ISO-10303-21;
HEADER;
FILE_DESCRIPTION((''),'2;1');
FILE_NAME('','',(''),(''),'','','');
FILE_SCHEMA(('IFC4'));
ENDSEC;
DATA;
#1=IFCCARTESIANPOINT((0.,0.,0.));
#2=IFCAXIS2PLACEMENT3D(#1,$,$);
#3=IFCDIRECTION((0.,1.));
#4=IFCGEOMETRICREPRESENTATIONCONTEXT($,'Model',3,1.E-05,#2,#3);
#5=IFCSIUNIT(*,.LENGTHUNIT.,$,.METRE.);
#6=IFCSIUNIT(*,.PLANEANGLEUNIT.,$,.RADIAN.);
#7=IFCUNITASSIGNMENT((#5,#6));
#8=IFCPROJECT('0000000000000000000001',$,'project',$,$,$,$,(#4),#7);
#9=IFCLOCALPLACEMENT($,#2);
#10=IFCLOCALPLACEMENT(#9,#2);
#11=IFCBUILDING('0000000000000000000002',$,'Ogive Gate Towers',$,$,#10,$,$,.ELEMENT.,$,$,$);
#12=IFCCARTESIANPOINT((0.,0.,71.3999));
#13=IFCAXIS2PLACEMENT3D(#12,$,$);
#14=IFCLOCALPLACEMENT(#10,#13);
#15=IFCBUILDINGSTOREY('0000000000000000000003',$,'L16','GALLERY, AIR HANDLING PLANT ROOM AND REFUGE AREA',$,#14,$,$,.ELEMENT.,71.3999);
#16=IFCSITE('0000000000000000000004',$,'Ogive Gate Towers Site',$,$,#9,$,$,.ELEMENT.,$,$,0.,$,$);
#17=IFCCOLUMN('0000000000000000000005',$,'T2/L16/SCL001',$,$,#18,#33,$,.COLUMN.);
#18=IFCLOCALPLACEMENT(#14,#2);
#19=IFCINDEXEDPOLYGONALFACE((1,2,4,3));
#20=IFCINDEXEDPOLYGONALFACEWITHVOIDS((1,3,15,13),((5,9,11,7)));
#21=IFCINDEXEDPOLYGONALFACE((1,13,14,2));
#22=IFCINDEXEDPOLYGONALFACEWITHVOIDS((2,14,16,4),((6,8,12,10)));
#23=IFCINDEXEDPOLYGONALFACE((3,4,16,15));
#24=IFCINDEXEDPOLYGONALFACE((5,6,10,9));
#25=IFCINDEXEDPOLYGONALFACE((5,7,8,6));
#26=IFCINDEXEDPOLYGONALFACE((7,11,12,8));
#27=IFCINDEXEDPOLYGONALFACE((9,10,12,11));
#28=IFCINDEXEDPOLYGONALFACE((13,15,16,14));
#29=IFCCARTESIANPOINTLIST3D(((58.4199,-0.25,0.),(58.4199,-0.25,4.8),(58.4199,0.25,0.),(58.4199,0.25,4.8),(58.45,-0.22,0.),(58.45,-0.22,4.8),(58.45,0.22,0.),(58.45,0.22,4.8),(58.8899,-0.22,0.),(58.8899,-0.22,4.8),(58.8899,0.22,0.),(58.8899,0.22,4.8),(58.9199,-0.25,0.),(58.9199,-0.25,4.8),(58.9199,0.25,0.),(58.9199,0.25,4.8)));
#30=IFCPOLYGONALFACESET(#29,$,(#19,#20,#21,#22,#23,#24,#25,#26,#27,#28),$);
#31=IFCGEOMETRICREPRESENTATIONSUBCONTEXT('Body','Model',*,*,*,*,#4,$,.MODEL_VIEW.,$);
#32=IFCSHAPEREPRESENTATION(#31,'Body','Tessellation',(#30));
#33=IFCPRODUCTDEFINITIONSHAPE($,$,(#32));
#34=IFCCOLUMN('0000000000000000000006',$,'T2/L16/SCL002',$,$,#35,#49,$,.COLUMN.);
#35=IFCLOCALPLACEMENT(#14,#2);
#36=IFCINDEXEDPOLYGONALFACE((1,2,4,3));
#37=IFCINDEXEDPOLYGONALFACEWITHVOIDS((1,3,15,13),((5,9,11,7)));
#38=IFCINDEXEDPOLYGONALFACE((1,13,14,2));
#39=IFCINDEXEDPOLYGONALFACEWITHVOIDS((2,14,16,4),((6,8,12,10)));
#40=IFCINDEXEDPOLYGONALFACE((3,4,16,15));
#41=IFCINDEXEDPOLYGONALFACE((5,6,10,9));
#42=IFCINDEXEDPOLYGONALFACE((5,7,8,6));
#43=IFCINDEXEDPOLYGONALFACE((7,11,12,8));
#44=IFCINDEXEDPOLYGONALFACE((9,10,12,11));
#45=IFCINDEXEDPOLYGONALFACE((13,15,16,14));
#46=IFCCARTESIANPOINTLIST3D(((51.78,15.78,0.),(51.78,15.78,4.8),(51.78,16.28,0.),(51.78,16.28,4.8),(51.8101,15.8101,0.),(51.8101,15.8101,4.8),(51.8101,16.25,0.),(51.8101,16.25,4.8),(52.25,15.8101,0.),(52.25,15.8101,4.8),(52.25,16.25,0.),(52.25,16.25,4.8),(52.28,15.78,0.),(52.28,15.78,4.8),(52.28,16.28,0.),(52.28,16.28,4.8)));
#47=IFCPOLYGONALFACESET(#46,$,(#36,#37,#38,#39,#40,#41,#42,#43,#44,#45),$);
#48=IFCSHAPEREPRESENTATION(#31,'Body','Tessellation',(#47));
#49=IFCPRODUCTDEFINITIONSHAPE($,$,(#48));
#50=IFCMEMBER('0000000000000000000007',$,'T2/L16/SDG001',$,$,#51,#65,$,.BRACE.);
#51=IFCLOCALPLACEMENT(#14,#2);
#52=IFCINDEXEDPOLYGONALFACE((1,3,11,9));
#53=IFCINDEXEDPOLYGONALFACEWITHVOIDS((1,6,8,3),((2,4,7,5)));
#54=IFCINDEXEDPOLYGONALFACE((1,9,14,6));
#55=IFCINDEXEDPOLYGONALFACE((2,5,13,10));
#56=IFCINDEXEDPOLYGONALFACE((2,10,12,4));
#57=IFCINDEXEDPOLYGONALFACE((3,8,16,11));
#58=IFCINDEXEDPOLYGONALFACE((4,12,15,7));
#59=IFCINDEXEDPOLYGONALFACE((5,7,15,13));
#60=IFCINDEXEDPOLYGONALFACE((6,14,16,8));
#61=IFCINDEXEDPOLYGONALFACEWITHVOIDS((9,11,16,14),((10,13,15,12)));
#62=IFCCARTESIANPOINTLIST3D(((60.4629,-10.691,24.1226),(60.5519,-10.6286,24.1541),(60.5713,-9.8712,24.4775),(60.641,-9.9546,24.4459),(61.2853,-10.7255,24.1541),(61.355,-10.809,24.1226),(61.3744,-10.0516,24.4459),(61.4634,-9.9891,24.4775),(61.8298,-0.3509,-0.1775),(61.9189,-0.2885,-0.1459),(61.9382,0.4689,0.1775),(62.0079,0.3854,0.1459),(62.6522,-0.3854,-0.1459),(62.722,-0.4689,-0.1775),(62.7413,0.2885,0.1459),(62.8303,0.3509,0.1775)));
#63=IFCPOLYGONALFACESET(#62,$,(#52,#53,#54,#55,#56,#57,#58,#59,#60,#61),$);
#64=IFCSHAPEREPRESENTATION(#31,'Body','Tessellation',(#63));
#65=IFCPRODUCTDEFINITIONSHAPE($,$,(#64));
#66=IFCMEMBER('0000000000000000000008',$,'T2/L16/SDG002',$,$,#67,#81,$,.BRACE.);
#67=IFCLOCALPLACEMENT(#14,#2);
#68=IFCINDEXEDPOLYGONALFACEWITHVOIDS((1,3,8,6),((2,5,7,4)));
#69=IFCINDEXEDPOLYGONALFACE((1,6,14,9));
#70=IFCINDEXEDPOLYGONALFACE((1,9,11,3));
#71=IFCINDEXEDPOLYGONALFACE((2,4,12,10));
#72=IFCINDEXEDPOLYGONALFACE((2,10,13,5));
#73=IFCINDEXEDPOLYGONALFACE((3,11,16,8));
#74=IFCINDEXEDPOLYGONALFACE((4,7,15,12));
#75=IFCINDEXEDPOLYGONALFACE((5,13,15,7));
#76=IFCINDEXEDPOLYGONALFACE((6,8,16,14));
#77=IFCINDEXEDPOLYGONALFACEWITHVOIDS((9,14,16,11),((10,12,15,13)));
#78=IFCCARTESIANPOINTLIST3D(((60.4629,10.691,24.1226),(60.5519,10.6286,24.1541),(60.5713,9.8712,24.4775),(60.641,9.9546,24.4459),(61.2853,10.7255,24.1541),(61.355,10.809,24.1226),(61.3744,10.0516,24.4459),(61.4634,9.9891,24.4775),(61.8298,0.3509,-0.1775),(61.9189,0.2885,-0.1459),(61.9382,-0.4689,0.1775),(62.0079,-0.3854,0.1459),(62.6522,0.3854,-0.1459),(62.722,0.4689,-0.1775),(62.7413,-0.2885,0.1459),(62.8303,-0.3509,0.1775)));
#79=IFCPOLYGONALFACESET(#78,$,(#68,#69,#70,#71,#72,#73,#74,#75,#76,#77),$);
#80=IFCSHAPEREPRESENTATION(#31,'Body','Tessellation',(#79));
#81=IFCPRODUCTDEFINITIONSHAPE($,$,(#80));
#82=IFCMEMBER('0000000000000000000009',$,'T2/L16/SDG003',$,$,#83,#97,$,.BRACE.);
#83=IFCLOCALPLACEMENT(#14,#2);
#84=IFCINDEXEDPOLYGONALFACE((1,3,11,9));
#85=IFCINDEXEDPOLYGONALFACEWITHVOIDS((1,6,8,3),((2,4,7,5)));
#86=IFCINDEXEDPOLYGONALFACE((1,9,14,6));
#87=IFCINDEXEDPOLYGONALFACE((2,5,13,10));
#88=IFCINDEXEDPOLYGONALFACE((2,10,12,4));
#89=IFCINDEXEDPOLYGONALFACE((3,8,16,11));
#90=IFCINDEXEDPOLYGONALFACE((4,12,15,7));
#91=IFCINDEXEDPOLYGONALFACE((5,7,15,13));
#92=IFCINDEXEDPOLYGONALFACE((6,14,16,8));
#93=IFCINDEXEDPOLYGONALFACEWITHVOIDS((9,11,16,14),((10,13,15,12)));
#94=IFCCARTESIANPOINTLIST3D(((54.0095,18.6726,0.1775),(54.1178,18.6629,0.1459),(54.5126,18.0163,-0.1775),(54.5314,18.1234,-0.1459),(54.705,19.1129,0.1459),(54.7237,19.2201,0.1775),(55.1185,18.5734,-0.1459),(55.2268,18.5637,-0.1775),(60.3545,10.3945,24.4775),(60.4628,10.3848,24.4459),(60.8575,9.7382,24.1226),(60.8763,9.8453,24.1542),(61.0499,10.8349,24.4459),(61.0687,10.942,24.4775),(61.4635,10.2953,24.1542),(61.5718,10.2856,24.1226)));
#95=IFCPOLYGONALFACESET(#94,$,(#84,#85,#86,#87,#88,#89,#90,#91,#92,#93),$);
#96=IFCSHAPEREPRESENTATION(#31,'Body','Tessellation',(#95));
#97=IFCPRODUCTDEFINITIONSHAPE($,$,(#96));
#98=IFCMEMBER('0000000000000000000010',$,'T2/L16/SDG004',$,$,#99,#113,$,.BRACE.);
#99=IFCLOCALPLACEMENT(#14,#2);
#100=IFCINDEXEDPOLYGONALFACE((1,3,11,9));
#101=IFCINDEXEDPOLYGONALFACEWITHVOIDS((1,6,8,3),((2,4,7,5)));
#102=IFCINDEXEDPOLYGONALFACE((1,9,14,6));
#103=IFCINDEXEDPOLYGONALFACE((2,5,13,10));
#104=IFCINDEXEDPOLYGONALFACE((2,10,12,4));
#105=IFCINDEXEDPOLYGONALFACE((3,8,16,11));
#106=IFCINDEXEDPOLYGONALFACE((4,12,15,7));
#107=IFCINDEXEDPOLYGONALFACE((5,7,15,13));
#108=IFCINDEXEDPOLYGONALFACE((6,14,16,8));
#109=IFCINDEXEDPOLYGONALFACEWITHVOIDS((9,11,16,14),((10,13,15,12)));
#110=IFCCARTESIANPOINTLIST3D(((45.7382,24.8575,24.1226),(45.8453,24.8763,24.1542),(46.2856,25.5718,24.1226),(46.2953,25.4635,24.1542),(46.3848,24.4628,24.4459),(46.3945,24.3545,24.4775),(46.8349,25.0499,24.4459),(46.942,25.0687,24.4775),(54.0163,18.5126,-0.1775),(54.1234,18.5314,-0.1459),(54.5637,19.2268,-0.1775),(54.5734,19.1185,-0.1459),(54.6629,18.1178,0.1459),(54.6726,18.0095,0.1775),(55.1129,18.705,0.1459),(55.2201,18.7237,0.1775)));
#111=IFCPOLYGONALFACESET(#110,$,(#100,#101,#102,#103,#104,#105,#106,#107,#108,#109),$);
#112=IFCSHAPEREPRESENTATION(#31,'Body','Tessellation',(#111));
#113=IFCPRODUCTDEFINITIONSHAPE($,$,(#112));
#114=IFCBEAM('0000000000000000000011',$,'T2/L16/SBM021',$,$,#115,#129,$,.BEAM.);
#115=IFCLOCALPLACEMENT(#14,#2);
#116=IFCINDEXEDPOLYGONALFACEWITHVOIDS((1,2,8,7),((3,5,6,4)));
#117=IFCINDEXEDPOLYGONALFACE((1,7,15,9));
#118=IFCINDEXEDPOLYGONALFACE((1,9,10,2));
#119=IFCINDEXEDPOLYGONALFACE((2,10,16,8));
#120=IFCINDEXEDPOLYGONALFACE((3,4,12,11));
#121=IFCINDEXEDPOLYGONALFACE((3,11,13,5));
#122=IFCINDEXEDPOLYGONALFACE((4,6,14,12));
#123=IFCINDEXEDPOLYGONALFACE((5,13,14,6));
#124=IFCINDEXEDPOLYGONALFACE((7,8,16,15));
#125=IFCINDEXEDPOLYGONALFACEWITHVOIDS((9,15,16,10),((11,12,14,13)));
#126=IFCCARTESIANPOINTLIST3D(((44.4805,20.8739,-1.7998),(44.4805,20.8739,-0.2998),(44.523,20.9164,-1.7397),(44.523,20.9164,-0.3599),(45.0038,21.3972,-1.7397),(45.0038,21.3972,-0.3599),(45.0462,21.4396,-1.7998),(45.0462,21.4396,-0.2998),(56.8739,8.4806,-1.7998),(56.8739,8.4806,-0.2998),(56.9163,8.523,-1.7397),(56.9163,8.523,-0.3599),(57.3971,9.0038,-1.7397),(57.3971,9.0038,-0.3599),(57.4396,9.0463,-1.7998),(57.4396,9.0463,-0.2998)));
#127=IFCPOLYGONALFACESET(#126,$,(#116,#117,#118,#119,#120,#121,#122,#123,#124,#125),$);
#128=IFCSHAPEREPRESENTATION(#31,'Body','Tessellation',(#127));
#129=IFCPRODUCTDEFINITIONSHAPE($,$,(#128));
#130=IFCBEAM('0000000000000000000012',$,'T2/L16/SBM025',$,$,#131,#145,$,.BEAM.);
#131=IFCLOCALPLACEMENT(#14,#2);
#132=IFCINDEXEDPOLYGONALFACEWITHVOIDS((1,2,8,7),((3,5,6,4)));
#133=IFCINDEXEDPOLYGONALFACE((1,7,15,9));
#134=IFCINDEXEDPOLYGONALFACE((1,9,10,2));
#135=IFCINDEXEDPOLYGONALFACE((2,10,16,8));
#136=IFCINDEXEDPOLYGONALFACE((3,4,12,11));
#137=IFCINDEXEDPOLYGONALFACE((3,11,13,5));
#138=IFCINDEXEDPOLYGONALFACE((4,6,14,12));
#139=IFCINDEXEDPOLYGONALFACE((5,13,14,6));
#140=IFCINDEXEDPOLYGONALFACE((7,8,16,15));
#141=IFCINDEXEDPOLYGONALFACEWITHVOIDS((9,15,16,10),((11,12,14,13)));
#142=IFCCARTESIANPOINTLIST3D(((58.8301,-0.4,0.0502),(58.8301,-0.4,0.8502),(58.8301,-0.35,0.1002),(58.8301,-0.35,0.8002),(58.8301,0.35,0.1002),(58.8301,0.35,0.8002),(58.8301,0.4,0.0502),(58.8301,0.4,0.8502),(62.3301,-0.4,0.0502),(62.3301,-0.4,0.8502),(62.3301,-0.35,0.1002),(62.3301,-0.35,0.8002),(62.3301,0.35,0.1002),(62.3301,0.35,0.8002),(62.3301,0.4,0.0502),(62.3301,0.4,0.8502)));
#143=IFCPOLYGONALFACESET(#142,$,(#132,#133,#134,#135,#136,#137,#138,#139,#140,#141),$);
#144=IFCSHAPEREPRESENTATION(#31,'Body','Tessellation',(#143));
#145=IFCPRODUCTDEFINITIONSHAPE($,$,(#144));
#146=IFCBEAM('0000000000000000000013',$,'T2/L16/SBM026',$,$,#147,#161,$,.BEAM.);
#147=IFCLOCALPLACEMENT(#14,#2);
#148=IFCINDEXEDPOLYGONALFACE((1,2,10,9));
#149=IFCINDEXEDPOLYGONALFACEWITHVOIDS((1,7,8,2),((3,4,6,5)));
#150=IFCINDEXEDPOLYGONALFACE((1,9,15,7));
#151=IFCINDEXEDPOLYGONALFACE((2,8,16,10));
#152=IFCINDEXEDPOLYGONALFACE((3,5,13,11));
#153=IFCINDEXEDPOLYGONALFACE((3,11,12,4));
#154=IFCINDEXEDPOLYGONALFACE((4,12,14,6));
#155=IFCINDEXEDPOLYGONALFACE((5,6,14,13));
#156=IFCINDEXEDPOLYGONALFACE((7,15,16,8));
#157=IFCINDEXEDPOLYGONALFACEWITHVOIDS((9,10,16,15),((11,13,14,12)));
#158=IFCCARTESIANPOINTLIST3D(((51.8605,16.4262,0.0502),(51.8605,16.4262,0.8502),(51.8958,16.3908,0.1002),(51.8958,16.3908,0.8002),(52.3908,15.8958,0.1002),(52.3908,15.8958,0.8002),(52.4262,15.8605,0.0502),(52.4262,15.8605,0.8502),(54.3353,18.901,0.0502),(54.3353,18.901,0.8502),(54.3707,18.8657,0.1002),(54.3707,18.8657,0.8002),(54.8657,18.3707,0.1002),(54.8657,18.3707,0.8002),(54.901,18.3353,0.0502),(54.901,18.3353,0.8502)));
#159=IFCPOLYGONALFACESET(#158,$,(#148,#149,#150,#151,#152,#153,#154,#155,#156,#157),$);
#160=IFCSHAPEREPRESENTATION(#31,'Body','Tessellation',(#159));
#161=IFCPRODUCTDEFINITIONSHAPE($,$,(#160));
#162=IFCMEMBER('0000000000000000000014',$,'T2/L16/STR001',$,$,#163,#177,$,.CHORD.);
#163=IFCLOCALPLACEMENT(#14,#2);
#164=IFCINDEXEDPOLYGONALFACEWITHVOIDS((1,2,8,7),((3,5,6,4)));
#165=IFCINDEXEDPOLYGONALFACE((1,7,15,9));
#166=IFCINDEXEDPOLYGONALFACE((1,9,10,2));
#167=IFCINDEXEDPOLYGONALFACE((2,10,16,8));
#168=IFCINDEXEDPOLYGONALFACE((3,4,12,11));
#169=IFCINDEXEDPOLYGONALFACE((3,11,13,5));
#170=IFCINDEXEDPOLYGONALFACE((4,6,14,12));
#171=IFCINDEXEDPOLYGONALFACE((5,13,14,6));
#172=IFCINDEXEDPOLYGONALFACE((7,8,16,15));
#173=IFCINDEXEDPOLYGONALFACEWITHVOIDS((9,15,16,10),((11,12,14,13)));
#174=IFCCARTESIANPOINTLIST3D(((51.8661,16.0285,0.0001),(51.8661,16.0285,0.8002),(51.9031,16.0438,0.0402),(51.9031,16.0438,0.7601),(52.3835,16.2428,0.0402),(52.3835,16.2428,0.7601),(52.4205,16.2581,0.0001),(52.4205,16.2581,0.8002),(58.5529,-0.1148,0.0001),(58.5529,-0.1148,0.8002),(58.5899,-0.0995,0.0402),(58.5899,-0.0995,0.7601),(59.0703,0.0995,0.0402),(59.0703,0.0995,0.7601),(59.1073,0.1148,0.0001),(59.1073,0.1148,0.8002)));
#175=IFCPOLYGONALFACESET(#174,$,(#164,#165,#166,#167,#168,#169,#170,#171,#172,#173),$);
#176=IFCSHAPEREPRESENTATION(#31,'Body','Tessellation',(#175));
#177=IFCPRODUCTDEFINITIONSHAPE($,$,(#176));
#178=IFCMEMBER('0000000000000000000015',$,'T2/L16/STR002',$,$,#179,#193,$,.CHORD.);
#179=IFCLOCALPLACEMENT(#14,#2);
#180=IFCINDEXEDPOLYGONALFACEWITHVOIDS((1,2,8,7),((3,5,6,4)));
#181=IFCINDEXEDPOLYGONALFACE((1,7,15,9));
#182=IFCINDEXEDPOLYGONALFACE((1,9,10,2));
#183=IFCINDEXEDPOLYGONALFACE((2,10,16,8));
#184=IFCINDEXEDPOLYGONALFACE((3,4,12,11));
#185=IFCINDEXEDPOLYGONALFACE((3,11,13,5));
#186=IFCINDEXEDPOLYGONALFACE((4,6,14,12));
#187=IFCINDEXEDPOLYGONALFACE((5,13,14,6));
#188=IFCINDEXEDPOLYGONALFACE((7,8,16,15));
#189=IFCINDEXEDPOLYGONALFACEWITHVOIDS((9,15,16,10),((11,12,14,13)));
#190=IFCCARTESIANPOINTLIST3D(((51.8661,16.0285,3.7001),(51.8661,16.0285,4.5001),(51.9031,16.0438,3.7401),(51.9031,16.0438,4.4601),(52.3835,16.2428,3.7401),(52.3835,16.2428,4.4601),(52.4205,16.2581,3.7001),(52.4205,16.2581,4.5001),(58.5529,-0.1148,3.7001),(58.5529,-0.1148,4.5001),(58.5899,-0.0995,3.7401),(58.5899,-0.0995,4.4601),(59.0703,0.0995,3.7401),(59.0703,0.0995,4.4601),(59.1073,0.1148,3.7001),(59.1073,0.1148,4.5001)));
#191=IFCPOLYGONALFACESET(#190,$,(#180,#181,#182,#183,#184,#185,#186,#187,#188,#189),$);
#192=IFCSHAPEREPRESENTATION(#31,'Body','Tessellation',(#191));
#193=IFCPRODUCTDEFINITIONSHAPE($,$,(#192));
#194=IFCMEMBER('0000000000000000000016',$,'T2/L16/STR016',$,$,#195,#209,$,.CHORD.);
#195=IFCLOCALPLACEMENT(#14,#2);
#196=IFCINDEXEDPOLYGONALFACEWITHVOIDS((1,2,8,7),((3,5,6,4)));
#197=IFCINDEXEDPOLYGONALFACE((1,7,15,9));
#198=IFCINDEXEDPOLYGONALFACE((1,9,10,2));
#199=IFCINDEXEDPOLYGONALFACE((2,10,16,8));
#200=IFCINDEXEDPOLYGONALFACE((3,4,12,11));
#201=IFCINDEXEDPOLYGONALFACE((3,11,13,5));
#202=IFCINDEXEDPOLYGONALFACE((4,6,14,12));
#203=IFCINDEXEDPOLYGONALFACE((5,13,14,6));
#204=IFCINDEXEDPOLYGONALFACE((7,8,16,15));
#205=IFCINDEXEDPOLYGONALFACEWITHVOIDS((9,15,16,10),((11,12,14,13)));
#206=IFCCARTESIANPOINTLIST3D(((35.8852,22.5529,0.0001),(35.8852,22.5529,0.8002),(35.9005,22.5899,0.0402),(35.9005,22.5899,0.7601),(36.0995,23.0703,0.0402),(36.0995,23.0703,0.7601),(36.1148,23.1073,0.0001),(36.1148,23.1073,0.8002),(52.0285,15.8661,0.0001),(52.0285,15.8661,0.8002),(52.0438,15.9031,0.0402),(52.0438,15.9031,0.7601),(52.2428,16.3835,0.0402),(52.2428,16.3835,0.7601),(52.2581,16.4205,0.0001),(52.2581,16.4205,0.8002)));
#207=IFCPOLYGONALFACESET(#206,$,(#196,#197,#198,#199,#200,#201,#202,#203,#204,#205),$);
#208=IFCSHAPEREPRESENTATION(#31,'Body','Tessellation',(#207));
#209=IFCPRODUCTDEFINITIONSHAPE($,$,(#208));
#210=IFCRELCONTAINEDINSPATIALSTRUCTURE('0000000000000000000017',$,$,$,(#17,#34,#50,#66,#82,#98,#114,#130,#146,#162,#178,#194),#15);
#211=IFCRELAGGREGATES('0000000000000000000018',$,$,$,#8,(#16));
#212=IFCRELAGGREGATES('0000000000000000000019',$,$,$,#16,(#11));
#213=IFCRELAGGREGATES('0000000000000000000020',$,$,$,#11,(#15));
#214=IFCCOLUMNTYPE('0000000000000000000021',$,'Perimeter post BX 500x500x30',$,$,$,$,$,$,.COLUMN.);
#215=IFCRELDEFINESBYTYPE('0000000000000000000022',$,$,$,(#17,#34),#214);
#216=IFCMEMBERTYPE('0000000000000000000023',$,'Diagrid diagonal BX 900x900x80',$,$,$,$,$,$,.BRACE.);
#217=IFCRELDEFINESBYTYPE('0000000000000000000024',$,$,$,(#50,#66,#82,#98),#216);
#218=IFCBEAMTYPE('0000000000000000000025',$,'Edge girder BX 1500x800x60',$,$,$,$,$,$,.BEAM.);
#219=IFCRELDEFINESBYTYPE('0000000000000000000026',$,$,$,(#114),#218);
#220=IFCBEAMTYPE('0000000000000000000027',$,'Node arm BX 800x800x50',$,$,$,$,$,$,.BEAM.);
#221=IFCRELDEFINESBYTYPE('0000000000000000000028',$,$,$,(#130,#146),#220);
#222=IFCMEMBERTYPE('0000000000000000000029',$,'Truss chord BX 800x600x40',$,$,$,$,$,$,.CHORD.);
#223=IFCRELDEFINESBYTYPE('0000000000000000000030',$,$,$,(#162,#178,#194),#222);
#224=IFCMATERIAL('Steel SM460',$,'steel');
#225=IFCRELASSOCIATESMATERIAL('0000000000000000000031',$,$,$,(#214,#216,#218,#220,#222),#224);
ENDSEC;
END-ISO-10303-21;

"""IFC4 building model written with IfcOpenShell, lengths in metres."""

from ifc_helpers import new_model, si_unit, direction, frame, origin, origin_2d, place, context, subcontext, project, spatial, hollow_rectangle, extrude, material, material_profile, profile_set, type_object, element, save


model = new_model("IFC4")

# Units and contexts
model_context = context("Model", 3, precision=1e-05, world=origin(), true_north=direction((0.0, 1.0)))
body_context = subcontext(model_context, "Body", "Model", "MODEL_VIEW")
ifc_project = project(units=[si_unit("LENGTHUNIT", "METRE"), si_unit("PLANEANGLEUNIT", "RADIAN")], contexts=[model_context])

# Site, building, storey
site_placement = place(None, origin())
site = spatial("IfcSite", under=ifc_project, at=site_placement, Name="Ogive Gate Towers Site", CompositionType="ELEMENT", RefElevation=0.0)
building_placement = place(site_placement, origin())
building = spatial("IfcBuilding", under=site, at=building_placement, Name="Ogive Gate Towers", CompositionType="ELEMENT")
storey_placement = place(building_placement, frame((0.0, 0.0, 71.3999)))
storey = spatial("IfcBuildingStorey", under=building, at=storey_placement, Name="L16", Description="GALLERY, AIR HANDLING PLANT ROOM AND REFUGE AREA", CompositionType="ELEMENT", Elevation=71.3999)

# Columns
ifc_material_1 = material(Name="Steel SM460", Category="steel")
ifc_material_profile_1 = material_profile(ifc_material_1, hollow_rectangle(XDim=0.5, YDim=0.5, WallThickness=0.03, at=origin_2d()), Name="BX 500x500x30")
ifc_profile_set_1 = profile_set([ifc_material_profile_1], Name="Steel SM460")
column_type = type_object("IfcColumnType", Name="Perimeter post BX 500x500x30", PredefinedType="COLUMN", material=ifc_profile_set_1)
for number, where, z_axis, x_axis, name in (
    (1, (58.6699, 0.0, 0.0), (0.0, 0.0, 1.0), (1.0, 0.0, 0.0), "T2/L16/SCL001"),
    (2, (52.03, 16.03, 0.0), (0.0, 0.0, 1.0), (1.0, 0.0, 0.0), "T2/L16/SCL002"),
):
    element("IfcColumn", number, at=place(storey_placement, frame(where, z_axis=z_axis, x_axis=x_axis)), inside=storey, type_object=column_type, Name=name, PredefinedType="COLUMN", context=body_context, shape_type="SweptSolid", body=[
        extrude(hollow_rectangle(XDim=0.5, YDim=0.5, WallThickness=0.03, at=origin_2d()), origin(), (0.0, 0.0, 1.0), 4.8),
    ])

# Members
ifc_material_profile_2 = material_profile(ifc_material_1, hollow_rectangle(XDim=0.8999, YDim=0.8999, WallThickness=0.0801, at=origin_2d()), Name="BX 900x900x80")
ifc_profile_set_2 = profile_set([ifc_material_profile_2], Name="Steel SM460")
member_type_1 = type_object("IfcMemberType", Name="Diagrid diagonal BX 900x900x80", PredefinedType="BRACE", material=ifc_profile_set_2)
for number, where, z_axis, x_axis, name in (
    (3, (62.3301, 0.0, 0.0), (-0.051692, -0.39102, 0.918929), (0.991375, -0.131058, 0.0), "T2/L16/SDG001"),
    (4, (62.3301, 0.0, 0.0), (-0.051692, 0.39102, 0.918929), (-0.991375, -0.131058, 0.0), "T2/L16/SDG002"),
    (5, (54.6182, 18.6182, 0.0), (0.239941, -0.313043, 0.91893), (0.793678, 0.608338, 0.0), "T2/L16/SDG003"),
    (6, (54.6182, 18.6182, 0.0), (-0.313043, 0.239941, 0.91893), (-0.608338, -0.793678, 0.0), "T2/L16/SDG004"),
):
    element("IfcMember", number, at=place(storey_placement, frame(where, z_axis=z_axis, x_axis=x_axis)), inside=storey, type_object=member_type_1, Name=name, PredefinedType="BRACE", context=body_context, shape_type="SweptSolid", body=[
        extrude(hollow_rectangle(XDim=0.8999, YDim=0.8999, WallThickness=0.0801, at=origin_2d()), origin(), (0.0, 0.0, 1.0), 26.4438),
    ])

# Beams
ifc_material_profile_3 = material_profile(ifc_material_1, hollow_rectangle(XDim=0.8, YDim=1.5, WallThickness=0.0601, at=origin_2d()), Name="BX 1500x800x60")
ifc_profile_set_3 = profile_set([ifc_material_profile_3], Name="Steel SM460")
beam_type_1 = type_object("IfcBeamType", Name="Edge girder BX 1500x800x60", PredefinedType="BEAM", material=ifc_profile_set_3)
beam_placement = place(storey_placement, frame((57.1567, 8.7634, -1.0498), z_axis=(-0.707107, 0.707107, 0.0), x_axis=(-0.707107, -0.707107, 0.0)))
element("IfcBeam", 7, at=beam_placement, inside=storey, type_object=beam_type_1, Name="T2/L16/SBM021", PredefinedType="BEAM", context=body_context, shape_type="SweptSolid", body=[
    extrude(hollow_rectangle(XDim=0.8, YDim=1.5, WallThickness=0.0601, at=origin_2d()), origin(), (0.0, 0.0, 1.0), 17.5269),
])
ifc_material_profile_4 = material_profile(ifc_material_1, hollow_rectangle(XDim=0.8, YDim=0.8, WallThickness=0.05, at=origin_2d()), Name="BX 800x800x50")
ifc_profile_set_4 = profile_set([ifc_material_profile_4], Name="Steel SM460")
beam_type_2 = type_object("IfcBeamType", Name="Node arm BX 800x800x50", PredefinedType="BEAM", material=ifc_profile_set_4)
for number, where, z_axis, x_axis, name in (
    (8, (58.8301, 0.0, 0.4502), (1.0, 0.0, 0.0), (0.0, 1.0, 0.0), "T2/L16/SBM025"),
    (9, (52.1433, 16.1433, 0.4502), (0.707107, 0.707107, 0.0), (-0.707107, 0.707107, 0.0), "T2/L16/SBM026"),
):
    element("IfcBeam", number, at=place(storey_placement, frame(where, z_axis=z_axis, x_axis=x_axis)), inside=storey, type_object=beam_type_2, Name=name, PredefinedType="BEAM", context=body_context, shape_type="SweptSolid", body=[
        extrude(hollow_rectangle(XDim=0.8, YDim=0.8, WallThickness=0.05, at=origin_2d()), origin(), (0.0, 0.0, 1.0), 3.5),
    ])

# Members
ifc_material_profile_5 = material_profile(ifc_material_1, hollow_rectangle(XDim=0.6001, YDim=0.8, WallThickness=0.04, at=origin_2d()), Name="BX 800x600x40")
ifc_profile_set_5 = profile_set([ifc_material_profile_5], Name="Steel SM460")
member_type_2 = type_object("IfcMemberType", Name="Truss chord BX 800x600x40", PredefinedType="CHORD", material=ifc_profile_set_5)
for number, where, z_axis, x_axis, name in (
    (10, (58.8301, 0.0, 0.4001), (-0.382683, 0.92388, 0.0), (-0.92388, -0.382683, 0.0), "T2/L16/STR001"),
    (11, (58.8301, 0.0, 4.1001), (-0.382683, 0.92388, 0.0), (-0.92388, -0.382683, 0.0), "T2/L16/STR002"),
    (12, (52.1433, 16.1433, 0.4001), (-0.92388, 0.382683, 0.0), (-0.382683, -0.92388, 0.0), "T2/L16/STR016"),
):
    element("IfcMember", number, at=place(storey_placement, frame(where, z_axis=z_axis, x_axis=x_axis)), inside=storey, type_object=member_type_2, Name=name, PredefinedType="CHORD", context=body_context, shape_type="SweptSolid", body=[
        extrude(hollow_rectangle(XDim=0.6001, YDim=0.8, WallThickness=0.04, at=origin_2d()), origin(), (0.0, 0.0, 1.0), 17.4734),
    ])

save(model, "model.ifc")
